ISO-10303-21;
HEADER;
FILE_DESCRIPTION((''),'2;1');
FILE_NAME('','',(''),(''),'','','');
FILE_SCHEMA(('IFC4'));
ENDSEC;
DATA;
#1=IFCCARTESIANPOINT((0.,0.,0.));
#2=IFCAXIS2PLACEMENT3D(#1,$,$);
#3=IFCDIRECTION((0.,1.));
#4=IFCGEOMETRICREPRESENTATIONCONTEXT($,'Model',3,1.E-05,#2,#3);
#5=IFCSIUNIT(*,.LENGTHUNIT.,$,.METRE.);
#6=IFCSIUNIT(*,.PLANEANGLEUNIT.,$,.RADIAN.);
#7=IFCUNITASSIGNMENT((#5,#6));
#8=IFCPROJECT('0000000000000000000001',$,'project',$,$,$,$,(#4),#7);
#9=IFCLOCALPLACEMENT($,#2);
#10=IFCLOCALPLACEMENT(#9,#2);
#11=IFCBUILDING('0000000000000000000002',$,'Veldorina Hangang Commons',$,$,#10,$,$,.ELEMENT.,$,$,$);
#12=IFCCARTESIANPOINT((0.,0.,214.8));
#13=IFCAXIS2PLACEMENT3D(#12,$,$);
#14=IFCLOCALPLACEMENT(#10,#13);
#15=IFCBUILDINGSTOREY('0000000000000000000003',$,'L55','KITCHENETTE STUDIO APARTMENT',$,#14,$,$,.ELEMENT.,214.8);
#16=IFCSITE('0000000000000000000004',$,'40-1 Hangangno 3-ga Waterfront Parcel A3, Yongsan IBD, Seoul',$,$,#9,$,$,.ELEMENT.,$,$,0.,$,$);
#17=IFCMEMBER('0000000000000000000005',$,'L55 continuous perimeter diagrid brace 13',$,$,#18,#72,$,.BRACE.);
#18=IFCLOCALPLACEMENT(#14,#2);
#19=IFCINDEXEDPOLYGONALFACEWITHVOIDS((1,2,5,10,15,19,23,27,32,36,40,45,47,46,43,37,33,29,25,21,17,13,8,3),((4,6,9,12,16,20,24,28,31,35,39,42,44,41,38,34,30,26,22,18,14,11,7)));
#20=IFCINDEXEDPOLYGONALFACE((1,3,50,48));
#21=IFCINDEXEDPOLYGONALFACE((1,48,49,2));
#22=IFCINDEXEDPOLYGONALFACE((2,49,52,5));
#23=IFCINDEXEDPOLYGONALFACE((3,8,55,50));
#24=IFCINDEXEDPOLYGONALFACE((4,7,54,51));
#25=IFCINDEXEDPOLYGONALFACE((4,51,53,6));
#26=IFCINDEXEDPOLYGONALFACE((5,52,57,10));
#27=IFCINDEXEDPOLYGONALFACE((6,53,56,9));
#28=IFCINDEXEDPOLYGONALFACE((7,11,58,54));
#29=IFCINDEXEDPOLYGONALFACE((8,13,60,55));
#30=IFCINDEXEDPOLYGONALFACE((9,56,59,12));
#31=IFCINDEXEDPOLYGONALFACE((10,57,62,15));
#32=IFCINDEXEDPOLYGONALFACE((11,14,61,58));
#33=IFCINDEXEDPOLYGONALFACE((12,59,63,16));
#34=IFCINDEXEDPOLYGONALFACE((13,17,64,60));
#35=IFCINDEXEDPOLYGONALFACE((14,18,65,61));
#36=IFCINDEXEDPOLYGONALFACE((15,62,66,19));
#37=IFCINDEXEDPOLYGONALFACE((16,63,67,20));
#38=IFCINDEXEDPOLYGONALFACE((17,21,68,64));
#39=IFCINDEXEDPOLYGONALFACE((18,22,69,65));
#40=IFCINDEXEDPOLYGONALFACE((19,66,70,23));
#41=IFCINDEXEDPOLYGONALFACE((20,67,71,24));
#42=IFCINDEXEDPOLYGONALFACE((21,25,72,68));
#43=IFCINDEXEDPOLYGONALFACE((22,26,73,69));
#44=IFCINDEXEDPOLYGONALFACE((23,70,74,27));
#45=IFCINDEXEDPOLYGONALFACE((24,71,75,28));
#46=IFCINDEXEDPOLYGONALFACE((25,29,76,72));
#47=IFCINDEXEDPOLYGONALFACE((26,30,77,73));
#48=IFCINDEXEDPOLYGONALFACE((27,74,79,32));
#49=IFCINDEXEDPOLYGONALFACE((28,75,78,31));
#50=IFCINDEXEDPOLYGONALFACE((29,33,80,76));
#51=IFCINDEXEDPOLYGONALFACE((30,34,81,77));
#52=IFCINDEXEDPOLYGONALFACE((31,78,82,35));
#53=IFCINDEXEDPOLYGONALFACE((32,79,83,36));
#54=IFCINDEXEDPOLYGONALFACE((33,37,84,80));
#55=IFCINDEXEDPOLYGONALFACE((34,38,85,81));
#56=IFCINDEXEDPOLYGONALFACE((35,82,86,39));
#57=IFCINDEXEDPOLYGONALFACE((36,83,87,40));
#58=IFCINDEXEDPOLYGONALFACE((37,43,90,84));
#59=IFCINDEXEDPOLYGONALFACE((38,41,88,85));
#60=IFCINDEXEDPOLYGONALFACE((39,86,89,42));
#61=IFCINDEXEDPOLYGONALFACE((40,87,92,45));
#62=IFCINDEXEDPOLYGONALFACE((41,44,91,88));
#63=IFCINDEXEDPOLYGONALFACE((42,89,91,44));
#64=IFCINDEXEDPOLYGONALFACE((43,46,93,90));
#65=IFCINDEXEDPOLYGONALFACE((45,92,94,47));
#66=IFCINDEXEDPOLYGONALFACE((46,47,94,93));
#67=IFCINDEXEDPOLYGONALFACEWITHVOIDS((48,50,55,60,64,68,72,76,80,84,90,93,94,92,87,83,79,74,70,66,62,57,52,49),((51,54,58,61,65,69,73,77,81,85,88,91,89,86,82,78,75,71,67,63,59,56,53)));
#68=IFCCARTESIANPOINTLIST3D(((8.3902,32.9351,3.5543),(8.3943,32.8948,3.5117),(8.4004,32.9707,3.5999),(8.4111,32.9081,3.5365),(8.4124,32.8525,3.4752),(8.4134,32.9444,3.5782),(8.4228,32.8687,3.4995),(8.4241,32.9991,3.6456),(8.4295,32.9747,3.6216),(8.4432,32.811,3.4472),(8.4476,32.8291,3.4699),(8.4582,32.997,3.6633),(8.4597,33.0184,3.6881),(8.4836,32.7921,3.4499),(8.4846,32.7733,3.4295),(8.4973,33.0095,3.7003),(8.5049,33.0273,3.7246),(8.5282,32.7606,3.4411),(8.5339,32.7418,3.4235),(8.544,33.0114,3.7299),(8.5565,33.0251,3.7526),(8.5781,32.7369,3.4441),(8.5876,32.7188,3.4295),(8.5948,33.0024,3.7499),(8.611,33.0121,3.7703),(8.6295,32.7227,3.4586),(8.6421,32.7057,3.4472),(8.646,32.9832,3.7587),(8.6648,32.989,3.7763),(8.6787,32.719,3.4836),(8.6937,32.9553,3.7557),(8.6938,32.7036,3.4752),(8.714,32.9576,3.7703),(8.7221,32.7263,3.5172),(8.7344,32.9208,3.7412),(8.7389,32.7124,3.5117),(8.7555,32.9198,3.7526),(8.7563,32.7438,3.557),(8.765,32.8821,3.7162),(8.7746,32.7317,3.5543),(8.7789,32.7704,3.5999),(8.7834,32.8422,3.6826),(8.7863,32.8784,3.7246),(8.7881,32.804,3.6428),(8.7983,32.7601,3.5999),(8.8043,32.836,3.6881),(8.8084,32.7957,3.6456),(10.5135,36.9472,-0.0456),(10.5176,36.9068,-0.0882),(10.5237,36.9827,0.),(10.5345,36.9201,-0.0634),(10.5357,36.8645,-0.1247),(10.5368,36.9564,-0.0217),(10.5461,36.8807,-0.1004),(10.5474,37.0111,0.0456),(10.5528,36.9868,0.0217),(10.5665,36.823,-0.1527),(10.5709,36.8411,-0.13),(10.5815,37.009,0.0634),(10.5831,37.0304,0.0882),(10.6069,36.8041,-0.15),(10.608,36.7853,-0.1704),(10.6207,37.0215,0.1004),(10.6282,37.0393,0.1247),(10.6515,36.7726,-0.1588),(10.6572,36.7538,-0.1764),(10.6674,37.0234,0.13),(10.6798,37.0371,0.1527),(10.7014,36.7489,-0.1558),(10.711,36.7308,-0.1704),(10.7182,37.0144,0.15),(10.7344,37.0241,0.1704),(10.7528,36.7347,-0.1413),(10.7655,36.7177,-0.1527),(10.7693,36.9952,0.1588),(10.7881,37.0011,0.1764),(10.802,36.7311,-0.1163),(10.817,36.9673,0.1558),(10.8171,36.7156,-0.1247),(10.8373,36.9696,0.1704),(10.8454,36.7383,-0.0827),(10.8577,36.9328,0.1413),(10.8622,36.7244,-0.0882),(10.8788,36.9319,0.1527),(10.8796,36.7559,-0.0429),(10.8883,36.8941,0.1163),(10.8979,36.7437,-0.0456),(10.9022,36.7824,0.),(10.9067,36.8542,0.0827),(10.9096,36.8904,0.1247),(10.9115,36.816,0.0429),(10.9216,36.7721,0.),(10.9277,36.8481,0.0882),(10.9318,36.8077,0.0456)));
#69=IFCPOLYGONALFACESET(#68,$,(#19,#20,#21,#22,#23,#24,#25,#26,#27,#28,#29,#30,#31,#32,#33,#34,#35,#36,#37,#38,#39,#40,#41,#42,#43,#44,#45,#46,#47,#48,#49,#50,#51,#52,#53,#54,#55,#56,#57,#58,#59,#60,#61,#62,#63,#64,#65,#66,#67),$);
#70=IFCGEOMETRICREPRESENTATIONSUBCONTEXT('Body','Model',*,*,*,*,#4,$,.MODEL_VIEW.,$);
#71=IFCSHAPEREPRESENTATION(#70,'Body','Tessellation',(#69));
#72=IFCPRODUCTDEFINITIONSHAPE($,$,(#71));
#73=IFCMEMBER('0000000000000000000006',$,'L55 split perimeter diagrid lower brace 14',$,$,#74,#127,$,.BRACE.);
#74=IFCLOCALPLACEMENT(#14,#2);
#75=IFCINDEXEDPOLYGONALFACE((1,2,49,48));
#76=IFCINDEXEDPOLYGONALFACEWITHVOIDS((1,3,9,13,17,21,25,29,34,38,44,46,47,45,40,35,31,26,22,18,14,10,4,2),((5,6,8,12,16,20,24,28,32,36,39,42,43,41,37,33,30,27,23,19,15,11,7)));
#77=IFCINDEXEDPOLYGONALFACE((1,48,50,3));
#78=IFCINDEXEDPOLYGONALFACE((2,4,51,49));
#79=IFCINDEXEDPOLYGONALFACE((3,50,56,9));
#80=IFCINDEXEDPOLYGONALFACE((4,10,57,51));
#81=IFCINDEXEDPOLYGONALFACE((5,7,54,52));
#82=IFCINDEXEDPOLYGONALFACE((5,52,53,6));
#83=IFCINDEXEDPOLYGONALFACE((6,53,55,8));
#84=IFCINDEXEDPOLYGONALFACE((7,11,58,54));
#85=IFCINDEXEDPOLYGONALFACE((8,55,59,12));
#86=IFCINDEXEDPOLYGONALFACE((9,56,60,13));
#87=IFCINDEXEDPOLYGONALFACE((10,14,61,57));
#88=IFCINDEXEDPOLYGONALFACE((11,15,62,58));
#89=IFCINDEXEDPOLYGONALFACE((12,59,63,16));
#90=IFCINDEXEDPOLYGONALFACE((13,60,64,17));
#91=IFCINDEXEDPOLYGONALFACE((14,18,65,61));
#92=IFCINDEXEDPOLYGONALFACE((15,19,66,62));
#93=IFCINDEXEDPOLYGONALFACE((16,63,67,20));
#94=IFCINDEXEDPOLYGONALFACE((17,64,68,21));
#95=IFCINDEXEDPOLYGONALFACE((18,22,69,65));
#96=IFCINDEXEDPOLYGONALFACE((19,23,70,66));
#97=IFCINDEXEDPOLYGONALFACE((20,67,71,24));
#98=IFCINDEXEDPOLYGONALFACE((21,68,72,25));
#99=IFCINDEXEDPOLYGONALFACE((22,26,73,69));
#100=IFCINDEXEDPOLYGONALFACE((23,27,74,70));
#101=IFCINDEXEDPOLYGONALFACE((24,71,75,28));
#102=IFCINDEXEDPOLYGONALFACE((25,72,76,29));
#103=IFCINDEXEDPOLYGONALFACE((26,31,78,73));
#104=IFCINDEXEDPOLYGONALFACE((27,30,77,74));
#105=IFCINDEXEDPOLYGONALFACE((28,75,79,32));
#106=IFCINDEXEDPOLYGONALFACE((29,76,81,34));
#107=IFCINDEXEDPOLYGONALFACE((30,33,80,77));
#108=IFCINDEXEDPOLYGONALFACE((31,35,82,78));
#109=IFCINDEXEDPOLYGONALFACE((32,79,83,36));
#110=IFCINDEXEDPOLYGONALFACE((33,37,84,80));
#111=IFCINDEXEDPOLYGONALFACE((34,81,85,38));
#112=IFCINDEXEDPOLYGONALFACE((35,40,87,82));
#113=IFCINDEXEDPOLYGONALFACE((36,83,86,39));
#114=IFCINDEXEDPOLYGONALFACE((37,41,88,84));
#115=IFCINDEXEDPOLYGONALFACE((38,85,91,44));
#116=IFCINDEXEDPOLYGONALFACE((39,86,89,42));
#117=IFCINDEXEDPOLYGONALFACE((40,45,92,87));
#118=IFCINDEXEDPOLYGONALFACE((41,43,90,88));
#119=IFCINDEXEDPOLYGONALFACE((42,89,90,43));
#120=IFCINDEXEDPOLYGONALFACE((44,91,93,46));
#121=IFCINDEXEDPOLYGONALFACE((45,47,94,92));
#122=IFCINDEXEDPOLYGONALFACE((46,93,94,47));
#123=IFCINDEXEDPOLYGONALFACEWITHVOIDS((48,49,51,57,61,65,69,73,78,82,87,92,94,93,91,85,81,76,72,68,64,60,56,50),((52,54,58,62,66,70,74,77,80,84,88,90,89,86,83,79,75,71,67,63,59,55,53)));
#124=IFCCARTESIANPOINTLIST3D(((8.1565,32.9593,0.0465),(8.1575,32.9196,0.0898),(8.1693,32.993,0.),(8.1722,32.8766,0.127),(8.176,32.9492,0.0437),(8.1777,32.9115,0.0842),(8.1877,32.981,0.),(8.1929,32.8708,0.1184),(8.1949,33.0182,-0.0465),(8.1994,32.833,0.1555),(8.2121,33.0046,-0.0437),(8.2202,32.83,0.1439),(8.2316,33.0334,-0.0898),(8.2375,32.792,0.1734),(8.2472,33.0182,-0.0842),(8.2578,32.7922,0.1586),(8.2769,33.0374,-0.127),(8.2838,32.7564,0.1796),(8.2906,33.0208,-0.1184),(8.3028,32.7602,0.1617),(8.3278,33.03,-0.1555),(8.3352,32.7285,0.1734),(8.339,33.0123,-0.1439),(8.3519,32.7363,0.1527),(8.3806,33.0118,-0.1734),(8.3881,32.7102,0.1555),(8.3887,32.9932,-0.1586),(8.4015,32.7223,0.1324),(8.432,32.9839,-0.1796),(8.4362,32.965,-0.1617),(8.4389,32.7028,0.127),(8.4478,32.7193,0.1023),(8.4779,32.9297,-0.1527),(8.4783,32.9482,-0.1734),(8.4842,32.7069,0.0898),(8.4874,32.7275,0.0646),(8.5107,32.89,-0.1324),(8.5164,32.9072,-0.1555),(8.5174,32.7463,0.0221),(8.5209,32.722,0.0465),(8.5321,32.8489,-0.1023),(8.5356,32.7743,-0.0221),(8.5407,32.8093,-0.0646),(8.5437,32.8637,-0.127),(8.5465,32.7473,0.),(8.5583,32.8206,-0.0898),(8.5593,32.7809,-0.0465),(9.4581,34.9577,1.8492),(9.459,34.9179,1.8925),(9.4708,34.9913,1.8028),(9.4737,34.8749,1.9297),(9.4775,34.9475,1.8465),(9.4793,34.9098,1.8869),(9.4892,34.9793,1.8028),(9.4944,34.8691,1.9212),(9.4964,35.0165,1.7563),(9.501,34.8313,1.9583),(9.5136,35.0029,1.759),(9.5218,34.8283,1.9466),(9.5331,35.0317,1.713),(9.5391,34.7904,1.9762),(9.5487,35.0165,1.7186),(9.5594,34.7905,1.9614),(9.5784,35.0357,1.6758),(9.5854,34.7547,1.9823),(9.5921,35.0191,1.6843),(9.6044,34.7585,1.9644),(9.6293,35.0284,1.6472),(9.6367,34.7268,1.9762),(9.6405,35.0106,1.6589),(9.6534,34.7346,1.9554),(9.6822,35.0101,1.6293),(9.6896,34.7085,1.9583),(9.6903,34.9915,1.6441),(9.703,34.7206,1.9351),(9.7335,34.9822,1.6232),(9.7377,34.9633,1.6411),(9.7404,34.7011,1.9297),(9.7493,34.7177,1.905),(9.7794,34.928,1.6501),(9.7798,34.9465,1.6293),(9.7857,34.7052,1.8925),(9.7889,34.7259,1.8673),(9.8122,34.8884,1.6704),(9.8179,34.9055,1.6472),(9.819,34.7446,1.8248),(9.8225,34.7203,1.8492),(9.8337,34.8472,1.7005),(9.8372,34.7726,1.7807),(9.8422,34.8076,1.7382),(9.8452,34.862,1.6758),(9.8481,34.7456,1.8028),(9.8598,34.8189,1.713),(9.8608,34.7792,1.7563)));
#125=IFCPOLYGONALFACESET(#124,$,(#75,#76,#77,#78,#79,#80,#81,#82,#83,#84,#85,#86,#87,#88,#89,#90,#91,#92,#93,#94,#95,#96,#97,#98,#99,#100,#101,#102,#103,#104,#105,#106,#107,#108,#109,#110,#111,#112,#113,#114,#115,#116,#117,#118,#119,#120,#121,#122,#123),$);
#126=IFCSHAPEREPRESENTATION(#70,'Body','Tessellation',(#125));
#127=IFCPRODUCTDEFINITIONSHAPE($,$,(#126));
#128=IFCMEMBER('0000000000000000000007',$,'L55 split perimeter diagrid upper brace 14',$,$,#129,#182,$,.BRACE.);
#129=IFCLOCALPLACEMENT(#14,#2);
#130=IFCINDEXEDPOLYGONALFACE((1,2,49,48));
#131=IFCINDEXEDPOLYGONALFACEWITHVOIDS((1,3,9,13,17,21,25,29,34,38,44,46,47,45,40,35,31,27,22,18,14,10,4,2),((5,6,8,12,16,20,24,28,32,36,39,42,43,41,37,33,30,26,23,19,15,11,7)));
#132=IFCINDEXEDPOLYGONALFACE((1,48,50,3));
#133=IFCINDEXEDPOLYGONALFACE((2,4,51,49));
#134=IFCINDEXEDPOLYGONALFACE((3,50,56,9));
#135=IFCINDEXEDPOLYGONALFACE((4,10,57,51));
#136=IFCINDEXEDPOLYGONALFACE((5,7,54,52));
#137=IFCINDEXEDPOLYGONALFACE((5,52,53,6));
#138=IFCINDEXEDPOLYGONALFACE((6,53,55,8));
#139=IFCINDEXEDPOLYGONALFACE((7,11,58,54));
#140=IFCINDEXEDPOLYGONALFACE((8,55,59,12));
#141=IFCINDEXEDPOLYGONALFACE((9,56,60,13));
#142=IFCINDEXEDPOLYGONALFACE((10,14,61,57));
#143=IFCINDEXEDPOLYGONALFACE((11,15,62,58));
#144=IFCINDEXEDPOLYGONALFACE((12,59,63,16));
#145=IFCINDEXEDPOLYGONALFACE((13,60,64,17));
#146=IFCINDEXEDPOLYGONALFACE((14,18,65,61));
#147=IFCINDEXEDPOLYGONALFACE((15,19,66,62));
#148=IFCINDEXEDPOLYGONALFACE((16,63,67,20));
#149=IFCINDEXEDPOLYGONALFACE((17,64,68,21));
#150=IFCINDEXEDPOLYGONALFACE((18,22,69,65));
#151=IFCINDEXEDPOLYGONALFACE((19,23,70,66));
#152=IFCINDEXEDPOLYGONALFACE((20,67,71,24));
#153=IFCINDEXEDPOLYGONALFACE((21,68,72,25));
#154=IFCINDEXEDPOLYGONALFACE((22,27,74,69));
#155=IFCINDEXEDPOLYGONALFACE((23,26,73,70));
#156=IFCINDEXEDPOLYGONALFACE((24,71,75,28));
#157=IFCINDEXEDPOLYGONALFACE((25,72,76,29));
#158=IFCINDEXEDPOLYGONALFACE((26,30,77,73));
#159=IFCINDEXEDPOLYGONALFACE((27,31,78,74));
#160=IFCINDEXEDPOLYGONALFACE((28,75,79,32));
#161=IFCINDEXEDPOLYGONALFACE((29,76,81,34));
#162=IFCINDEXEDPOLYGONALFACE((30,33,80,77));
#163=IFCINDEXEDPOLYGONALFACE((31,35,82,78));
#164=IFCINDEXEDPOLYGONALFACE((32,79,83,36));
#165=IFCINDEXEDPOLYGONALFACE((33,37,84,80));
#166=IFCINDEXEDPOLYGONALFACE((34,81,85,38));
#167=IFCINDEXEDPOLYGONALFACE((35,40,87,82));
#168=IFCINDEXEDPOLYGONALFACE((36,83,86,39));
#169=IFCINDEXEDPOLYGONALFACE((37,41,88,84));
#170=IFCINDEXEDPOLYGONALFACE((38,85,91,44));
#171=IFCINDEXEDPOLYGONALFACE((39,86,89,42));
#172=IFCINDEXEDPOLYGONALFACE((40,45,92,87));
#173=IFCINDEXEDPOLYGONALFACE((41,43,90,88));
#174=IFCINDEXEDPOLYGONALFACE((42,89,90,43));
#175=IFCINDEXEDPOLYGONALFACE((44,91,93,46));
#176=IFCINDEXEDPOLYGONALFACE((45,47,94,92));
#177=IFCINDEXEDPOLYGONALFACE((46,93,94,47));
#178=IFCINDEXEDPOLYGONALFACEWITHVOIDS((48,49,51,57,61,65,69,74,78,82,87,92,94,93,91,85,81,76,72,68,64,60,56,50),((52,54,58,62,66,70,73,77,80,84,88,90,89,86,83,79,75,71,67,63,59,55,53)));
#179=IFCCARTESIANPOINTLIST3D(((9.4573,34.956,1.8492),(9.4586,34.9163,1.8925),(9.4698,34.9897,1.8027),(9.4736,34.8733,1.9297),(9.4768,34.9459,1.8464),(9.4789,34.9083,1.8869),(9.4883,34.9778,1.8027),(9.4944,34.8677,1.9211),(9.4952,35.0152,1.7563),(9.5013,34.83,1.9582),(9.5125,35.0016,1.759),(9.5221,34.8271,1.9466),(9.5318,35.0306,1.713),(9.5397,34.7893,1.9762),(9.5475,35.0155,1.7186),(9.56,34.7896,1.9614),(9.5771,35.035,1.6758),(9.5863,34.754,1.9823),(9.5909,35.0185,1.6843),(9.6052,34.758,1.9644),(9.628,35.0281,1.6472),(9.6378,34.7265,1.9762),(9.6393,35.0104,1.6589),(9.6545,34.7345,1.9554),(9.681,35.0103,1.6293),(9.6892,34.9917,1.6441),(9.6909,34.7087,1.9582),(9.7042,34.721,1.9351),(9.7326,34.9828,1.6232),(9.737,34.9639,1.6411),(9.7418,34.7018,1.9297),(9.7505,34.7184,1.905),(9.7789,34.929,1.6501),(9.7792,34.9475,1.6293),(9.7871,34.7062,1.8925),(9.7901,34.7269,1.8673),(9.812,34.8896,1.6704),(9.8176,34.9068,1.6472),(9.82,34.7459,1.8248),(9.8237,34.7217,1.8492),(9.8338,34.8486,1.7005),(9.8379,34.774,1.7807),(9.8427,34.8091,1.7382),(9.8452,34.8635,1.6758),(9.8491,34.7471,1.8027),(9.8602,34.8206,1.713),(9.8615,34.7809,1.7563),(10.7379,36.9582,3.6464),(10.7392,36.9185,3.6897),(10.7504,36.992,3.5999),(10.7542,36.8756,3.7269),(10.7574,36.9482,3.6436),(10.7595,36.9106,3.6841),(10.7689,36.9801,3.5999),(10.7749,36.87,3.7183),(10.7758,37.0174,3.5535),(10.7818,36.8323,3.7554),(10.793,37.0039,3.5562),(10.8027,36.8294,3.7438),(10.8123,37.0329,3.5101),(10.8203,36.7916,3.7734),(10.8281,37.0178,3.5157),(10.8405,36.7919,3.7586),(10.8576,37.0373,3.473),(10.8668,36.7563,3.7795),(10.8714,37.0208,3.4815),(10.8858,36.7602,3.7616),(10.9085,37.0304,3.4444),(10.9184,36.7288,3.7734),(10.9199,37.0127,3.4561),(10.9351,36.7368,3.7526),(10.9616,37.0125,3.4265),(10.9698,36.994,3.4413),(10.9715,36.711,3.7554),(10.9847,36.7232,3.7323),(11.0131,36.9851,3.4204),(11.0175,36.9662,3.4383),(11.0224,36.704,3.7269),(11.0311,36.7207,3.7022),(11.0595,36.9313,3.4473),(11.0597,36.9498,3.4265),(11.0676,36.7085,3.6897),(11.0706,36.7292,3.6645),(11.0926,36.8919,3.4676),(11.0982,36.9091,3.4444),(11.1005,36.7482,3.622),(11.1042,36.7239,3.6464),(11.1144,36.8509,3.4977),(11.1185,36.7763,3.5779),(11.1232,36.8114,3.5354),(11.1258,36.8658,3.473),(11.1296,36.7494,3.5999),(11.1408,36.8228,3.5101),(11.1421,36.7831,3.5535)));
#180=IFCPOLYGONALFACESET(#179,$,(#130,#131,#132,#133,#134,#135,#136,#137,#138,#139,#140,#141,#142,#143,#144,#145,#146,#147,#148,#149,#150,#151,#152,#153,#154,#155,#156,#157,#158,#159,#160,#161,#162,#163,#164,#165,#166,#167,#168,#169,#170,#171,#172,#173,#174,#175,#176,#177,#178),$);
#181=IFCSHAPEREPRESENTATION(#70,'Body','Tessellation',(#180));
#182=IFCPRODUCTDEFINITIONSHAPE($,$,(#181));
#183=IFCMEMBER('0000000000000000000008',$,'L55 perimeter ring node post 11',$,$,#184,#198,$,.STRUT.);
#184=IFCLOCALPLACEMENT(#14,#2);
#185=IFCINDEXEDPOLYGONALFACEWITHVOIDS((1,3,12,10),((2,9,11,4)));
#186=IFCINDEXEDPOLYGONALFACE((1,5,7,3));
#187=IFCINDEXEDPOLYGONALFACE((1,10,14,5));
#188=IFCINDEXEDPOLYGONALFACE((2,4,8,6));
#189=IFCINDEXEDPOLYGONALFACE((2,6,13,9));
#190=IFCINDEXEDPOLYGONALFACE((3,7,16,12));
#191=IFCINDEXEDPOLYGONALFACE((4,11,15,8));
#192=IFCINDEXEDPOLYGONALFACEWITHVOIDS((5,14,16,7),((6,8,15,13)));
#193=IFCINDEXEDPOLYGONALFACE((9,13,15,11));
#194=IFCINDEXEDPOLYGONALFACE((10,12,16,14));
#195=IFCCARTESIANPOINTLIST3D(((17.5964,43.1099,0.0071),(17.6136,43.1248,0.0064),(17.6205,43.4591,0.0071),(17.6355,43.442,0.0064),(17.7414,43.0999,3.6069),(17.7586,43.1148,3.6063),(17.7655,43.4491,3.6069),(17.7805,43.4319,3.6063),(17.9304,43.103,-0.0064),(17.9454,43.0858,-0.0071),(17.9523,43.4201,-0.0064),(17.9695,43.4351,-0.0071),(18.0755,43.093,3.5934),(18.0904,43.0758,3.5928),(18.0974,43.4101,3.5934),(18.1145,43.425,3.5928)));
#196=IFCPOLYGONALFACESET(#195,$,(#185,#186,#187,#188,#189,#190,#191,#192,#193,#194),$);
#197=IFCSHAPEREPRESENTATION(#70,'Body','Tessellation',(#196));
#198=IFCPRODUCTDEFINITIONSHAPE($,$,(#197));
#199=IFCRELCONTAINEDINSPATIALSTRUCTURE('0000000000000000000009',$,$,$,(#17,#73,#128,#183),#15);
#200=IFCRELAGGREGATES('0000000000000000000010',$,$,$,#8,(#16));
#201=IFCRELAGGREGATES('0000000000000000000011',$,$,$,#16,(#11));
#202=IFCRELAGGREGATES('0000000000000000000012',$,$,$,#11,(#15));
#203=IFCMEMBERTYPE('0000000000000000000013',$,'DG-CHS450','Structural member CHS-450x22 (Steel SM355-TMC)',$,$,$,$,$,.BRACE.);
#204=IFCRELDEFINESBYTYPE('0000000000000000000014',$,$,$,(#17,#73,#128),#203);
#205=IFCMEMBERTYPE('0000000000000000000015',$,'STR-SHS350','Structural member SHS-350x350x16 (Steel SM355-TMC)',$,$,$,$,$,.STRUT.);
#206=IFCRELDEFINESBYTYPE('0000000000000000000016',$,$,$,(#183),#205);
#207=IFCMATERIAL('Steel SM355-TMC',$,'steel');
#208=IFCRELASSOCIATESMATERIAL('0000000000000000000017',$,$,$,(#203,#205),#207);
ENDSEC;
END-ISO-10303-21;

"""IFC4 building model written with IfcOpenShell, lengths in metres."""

from ifc_helpers import new_model, si_unit, direction, frame, origin, origin_2d, place, context, subcontext, project, spatial, hollow_rectangle, hollow_circle, extrude, material, material_profile, profile_set, type_object, element, save


model = new_model("IFC4")

# Units and contexts
model_context = context("Model", 3, precision=1e-05, world=origin(), true_north=direction((0.0, 1.0)))
body_context = subcontext(model_context, "Body", "Model", "MODEL_VIEW")
ifc_project = project(units=[si_unit("LENGTHUNIT", "METRE"), si_unit("PLANEANGLEUNIT", "RADIAN")], contexts=[model_context])

# Site, building, storey
site_placement = place(None, origin())
site = spatial("IfcSite", under=ifc_project, at=site_placement, Name="40-1 Hangangno 3-ga Waterfront Parcel A3, Yongsan IBD, Seoul", CompositionType="ELEMENT", RefElevation=0.0)
building_placement = place(site_placement, origin())
building = spatial("IfcBuilding", under=site, at=building_placement, Name="Veldorina Hangang Commons", CompositionType="ELEMENT")
storey_placement = place(building_placement, frame((0.0, 0.0, 214.8)))
storey = spatial("IfcBuildingStorey", under=building, at=storey_placement, Name="L55", Description="KITCHENETTE STUDIO APARTMENT", CompositionType="ELEMENT", Elevation=214.8)

# Shared definitions
ifc_material_1 = material(Name="Steel SM355-TMC", Category="steel")

# Members
ifc_material_profile_1 = material_profile(ifc_material_1, hollow_circle(Radius=0.2251, WallThickness=0.022, at=origin_2d()), Name="CHS-450x22")
ifc_profile_set_1 = profile_set([ifc_material_profile_1], Name="Steel SM355-TMC")
member_type_1 = type_object("IfcMemberType", Name="DG-CHS450", Description="Structural member CHS-450x22 (Steel SM355-TMC)", PredefinedType="BRACE", material=ifc_profile_set_1)
member_1_placement = place(storey_placement, frame((10.7227, 36.8774, 0.0), z_axis=(-0.366503, -0.692509, 0.621375), x_axis=(0.883851, -0.467769, 0.0)))
element("IfcMember", 1, at=member_1_placement, inside=storey, type_object=member_type_1, Name="L55 continuous perimeter diagrid brace 13", PredefinedType="BRACE", context=body_context, shape_type="SweptSolid", body=[
    extrude(hollow_circle(Radius=0.2251, WallThickness=0.022, at=origin_2d()), origin(), (0.0, 0.0, 1.0), 5.7935),
])
member_2_placement = place(storey_placement, frame((8.3579, 32.8701, 0.0), z_axis=(0.435365, 0.668442, 0.603027), x_axis=(-0.83794, 0.545762, 0.0)))
element("IfcMember", 2, at=member_2_placement, inside=storey, type_object=member_type_1, Name="L55 split perimeter diagrid lower brace 14", PredefinedType="BRACE", context=body_context, shape_type="SweptSolid", body=[
    extrude(hollow_circle(Radius=0.2251, WallThickness=0.022, at=origin_2d()), origin(), (0.0, 0.0, 1.0), 2.9895),
])
member_3_placement = place(storey_placement, frame((9.6594, 34.8684, 1.8027), z_axis=(0.429758, 0.671963, 0.603136), x_axis=(-0.842441, 0.538788, 0.0)))
element("IfcMember", 3, at=member_3_placement, inside=storey, type_object=member_type_1, Name="L55 split perimeter diagrid upper brace 14", PredefinedType="BRACE", context=body_context, shape_type="SweptSolid", body=[
    extrude(hollow_circle(Radius=0.2251, WallThickness=0.022, at=origin_2d()), origin(), (0.0, 0.0, 1.0), 2.9797),
])
ifc_material_profile_2 = material_profile(ifc_material_1, hollow_rectangle(XDim=0.3501, YDim=0.3501, WallThickness=0.0161, at=origin_2d()), Name="SHS-350x350x16")
ifc_profile_set_2 = profile_set([ifc_material_profile_2], Name="Steel SM355-TMC")
member_type_2 = type_object("IfcMemberType", Name="STR-SHS350", Description="Structural member SHS-350x350x16 (Steel SM355-TMC)", PredefinedType="STRUT", material=ifc_profile_set_2)
member_4_placement = place(storey_placement, frame((17.783, 43.2725, 0.0), z_axis=(0.040252, -0.002778, 0.999186), x_axis=(0.06886, 0.997626, 0.0)))
element("IfcMember", 4, at=member_4_placement, inside=storey, type_object=member_type_2, Name="L55 perimeter ring node post 11", PredefinedType="STRUT", context=body_context, shape_type="SweptSolid", body=[
    extrude(hollow_rectangle(XDim=0.3501, YDim=0.3501, WallThickness=0.0161, at=origin_2d()), origin(), (0.0, 0.0, 1.0), 3.6028),
])

save(model, "model.ifc")
